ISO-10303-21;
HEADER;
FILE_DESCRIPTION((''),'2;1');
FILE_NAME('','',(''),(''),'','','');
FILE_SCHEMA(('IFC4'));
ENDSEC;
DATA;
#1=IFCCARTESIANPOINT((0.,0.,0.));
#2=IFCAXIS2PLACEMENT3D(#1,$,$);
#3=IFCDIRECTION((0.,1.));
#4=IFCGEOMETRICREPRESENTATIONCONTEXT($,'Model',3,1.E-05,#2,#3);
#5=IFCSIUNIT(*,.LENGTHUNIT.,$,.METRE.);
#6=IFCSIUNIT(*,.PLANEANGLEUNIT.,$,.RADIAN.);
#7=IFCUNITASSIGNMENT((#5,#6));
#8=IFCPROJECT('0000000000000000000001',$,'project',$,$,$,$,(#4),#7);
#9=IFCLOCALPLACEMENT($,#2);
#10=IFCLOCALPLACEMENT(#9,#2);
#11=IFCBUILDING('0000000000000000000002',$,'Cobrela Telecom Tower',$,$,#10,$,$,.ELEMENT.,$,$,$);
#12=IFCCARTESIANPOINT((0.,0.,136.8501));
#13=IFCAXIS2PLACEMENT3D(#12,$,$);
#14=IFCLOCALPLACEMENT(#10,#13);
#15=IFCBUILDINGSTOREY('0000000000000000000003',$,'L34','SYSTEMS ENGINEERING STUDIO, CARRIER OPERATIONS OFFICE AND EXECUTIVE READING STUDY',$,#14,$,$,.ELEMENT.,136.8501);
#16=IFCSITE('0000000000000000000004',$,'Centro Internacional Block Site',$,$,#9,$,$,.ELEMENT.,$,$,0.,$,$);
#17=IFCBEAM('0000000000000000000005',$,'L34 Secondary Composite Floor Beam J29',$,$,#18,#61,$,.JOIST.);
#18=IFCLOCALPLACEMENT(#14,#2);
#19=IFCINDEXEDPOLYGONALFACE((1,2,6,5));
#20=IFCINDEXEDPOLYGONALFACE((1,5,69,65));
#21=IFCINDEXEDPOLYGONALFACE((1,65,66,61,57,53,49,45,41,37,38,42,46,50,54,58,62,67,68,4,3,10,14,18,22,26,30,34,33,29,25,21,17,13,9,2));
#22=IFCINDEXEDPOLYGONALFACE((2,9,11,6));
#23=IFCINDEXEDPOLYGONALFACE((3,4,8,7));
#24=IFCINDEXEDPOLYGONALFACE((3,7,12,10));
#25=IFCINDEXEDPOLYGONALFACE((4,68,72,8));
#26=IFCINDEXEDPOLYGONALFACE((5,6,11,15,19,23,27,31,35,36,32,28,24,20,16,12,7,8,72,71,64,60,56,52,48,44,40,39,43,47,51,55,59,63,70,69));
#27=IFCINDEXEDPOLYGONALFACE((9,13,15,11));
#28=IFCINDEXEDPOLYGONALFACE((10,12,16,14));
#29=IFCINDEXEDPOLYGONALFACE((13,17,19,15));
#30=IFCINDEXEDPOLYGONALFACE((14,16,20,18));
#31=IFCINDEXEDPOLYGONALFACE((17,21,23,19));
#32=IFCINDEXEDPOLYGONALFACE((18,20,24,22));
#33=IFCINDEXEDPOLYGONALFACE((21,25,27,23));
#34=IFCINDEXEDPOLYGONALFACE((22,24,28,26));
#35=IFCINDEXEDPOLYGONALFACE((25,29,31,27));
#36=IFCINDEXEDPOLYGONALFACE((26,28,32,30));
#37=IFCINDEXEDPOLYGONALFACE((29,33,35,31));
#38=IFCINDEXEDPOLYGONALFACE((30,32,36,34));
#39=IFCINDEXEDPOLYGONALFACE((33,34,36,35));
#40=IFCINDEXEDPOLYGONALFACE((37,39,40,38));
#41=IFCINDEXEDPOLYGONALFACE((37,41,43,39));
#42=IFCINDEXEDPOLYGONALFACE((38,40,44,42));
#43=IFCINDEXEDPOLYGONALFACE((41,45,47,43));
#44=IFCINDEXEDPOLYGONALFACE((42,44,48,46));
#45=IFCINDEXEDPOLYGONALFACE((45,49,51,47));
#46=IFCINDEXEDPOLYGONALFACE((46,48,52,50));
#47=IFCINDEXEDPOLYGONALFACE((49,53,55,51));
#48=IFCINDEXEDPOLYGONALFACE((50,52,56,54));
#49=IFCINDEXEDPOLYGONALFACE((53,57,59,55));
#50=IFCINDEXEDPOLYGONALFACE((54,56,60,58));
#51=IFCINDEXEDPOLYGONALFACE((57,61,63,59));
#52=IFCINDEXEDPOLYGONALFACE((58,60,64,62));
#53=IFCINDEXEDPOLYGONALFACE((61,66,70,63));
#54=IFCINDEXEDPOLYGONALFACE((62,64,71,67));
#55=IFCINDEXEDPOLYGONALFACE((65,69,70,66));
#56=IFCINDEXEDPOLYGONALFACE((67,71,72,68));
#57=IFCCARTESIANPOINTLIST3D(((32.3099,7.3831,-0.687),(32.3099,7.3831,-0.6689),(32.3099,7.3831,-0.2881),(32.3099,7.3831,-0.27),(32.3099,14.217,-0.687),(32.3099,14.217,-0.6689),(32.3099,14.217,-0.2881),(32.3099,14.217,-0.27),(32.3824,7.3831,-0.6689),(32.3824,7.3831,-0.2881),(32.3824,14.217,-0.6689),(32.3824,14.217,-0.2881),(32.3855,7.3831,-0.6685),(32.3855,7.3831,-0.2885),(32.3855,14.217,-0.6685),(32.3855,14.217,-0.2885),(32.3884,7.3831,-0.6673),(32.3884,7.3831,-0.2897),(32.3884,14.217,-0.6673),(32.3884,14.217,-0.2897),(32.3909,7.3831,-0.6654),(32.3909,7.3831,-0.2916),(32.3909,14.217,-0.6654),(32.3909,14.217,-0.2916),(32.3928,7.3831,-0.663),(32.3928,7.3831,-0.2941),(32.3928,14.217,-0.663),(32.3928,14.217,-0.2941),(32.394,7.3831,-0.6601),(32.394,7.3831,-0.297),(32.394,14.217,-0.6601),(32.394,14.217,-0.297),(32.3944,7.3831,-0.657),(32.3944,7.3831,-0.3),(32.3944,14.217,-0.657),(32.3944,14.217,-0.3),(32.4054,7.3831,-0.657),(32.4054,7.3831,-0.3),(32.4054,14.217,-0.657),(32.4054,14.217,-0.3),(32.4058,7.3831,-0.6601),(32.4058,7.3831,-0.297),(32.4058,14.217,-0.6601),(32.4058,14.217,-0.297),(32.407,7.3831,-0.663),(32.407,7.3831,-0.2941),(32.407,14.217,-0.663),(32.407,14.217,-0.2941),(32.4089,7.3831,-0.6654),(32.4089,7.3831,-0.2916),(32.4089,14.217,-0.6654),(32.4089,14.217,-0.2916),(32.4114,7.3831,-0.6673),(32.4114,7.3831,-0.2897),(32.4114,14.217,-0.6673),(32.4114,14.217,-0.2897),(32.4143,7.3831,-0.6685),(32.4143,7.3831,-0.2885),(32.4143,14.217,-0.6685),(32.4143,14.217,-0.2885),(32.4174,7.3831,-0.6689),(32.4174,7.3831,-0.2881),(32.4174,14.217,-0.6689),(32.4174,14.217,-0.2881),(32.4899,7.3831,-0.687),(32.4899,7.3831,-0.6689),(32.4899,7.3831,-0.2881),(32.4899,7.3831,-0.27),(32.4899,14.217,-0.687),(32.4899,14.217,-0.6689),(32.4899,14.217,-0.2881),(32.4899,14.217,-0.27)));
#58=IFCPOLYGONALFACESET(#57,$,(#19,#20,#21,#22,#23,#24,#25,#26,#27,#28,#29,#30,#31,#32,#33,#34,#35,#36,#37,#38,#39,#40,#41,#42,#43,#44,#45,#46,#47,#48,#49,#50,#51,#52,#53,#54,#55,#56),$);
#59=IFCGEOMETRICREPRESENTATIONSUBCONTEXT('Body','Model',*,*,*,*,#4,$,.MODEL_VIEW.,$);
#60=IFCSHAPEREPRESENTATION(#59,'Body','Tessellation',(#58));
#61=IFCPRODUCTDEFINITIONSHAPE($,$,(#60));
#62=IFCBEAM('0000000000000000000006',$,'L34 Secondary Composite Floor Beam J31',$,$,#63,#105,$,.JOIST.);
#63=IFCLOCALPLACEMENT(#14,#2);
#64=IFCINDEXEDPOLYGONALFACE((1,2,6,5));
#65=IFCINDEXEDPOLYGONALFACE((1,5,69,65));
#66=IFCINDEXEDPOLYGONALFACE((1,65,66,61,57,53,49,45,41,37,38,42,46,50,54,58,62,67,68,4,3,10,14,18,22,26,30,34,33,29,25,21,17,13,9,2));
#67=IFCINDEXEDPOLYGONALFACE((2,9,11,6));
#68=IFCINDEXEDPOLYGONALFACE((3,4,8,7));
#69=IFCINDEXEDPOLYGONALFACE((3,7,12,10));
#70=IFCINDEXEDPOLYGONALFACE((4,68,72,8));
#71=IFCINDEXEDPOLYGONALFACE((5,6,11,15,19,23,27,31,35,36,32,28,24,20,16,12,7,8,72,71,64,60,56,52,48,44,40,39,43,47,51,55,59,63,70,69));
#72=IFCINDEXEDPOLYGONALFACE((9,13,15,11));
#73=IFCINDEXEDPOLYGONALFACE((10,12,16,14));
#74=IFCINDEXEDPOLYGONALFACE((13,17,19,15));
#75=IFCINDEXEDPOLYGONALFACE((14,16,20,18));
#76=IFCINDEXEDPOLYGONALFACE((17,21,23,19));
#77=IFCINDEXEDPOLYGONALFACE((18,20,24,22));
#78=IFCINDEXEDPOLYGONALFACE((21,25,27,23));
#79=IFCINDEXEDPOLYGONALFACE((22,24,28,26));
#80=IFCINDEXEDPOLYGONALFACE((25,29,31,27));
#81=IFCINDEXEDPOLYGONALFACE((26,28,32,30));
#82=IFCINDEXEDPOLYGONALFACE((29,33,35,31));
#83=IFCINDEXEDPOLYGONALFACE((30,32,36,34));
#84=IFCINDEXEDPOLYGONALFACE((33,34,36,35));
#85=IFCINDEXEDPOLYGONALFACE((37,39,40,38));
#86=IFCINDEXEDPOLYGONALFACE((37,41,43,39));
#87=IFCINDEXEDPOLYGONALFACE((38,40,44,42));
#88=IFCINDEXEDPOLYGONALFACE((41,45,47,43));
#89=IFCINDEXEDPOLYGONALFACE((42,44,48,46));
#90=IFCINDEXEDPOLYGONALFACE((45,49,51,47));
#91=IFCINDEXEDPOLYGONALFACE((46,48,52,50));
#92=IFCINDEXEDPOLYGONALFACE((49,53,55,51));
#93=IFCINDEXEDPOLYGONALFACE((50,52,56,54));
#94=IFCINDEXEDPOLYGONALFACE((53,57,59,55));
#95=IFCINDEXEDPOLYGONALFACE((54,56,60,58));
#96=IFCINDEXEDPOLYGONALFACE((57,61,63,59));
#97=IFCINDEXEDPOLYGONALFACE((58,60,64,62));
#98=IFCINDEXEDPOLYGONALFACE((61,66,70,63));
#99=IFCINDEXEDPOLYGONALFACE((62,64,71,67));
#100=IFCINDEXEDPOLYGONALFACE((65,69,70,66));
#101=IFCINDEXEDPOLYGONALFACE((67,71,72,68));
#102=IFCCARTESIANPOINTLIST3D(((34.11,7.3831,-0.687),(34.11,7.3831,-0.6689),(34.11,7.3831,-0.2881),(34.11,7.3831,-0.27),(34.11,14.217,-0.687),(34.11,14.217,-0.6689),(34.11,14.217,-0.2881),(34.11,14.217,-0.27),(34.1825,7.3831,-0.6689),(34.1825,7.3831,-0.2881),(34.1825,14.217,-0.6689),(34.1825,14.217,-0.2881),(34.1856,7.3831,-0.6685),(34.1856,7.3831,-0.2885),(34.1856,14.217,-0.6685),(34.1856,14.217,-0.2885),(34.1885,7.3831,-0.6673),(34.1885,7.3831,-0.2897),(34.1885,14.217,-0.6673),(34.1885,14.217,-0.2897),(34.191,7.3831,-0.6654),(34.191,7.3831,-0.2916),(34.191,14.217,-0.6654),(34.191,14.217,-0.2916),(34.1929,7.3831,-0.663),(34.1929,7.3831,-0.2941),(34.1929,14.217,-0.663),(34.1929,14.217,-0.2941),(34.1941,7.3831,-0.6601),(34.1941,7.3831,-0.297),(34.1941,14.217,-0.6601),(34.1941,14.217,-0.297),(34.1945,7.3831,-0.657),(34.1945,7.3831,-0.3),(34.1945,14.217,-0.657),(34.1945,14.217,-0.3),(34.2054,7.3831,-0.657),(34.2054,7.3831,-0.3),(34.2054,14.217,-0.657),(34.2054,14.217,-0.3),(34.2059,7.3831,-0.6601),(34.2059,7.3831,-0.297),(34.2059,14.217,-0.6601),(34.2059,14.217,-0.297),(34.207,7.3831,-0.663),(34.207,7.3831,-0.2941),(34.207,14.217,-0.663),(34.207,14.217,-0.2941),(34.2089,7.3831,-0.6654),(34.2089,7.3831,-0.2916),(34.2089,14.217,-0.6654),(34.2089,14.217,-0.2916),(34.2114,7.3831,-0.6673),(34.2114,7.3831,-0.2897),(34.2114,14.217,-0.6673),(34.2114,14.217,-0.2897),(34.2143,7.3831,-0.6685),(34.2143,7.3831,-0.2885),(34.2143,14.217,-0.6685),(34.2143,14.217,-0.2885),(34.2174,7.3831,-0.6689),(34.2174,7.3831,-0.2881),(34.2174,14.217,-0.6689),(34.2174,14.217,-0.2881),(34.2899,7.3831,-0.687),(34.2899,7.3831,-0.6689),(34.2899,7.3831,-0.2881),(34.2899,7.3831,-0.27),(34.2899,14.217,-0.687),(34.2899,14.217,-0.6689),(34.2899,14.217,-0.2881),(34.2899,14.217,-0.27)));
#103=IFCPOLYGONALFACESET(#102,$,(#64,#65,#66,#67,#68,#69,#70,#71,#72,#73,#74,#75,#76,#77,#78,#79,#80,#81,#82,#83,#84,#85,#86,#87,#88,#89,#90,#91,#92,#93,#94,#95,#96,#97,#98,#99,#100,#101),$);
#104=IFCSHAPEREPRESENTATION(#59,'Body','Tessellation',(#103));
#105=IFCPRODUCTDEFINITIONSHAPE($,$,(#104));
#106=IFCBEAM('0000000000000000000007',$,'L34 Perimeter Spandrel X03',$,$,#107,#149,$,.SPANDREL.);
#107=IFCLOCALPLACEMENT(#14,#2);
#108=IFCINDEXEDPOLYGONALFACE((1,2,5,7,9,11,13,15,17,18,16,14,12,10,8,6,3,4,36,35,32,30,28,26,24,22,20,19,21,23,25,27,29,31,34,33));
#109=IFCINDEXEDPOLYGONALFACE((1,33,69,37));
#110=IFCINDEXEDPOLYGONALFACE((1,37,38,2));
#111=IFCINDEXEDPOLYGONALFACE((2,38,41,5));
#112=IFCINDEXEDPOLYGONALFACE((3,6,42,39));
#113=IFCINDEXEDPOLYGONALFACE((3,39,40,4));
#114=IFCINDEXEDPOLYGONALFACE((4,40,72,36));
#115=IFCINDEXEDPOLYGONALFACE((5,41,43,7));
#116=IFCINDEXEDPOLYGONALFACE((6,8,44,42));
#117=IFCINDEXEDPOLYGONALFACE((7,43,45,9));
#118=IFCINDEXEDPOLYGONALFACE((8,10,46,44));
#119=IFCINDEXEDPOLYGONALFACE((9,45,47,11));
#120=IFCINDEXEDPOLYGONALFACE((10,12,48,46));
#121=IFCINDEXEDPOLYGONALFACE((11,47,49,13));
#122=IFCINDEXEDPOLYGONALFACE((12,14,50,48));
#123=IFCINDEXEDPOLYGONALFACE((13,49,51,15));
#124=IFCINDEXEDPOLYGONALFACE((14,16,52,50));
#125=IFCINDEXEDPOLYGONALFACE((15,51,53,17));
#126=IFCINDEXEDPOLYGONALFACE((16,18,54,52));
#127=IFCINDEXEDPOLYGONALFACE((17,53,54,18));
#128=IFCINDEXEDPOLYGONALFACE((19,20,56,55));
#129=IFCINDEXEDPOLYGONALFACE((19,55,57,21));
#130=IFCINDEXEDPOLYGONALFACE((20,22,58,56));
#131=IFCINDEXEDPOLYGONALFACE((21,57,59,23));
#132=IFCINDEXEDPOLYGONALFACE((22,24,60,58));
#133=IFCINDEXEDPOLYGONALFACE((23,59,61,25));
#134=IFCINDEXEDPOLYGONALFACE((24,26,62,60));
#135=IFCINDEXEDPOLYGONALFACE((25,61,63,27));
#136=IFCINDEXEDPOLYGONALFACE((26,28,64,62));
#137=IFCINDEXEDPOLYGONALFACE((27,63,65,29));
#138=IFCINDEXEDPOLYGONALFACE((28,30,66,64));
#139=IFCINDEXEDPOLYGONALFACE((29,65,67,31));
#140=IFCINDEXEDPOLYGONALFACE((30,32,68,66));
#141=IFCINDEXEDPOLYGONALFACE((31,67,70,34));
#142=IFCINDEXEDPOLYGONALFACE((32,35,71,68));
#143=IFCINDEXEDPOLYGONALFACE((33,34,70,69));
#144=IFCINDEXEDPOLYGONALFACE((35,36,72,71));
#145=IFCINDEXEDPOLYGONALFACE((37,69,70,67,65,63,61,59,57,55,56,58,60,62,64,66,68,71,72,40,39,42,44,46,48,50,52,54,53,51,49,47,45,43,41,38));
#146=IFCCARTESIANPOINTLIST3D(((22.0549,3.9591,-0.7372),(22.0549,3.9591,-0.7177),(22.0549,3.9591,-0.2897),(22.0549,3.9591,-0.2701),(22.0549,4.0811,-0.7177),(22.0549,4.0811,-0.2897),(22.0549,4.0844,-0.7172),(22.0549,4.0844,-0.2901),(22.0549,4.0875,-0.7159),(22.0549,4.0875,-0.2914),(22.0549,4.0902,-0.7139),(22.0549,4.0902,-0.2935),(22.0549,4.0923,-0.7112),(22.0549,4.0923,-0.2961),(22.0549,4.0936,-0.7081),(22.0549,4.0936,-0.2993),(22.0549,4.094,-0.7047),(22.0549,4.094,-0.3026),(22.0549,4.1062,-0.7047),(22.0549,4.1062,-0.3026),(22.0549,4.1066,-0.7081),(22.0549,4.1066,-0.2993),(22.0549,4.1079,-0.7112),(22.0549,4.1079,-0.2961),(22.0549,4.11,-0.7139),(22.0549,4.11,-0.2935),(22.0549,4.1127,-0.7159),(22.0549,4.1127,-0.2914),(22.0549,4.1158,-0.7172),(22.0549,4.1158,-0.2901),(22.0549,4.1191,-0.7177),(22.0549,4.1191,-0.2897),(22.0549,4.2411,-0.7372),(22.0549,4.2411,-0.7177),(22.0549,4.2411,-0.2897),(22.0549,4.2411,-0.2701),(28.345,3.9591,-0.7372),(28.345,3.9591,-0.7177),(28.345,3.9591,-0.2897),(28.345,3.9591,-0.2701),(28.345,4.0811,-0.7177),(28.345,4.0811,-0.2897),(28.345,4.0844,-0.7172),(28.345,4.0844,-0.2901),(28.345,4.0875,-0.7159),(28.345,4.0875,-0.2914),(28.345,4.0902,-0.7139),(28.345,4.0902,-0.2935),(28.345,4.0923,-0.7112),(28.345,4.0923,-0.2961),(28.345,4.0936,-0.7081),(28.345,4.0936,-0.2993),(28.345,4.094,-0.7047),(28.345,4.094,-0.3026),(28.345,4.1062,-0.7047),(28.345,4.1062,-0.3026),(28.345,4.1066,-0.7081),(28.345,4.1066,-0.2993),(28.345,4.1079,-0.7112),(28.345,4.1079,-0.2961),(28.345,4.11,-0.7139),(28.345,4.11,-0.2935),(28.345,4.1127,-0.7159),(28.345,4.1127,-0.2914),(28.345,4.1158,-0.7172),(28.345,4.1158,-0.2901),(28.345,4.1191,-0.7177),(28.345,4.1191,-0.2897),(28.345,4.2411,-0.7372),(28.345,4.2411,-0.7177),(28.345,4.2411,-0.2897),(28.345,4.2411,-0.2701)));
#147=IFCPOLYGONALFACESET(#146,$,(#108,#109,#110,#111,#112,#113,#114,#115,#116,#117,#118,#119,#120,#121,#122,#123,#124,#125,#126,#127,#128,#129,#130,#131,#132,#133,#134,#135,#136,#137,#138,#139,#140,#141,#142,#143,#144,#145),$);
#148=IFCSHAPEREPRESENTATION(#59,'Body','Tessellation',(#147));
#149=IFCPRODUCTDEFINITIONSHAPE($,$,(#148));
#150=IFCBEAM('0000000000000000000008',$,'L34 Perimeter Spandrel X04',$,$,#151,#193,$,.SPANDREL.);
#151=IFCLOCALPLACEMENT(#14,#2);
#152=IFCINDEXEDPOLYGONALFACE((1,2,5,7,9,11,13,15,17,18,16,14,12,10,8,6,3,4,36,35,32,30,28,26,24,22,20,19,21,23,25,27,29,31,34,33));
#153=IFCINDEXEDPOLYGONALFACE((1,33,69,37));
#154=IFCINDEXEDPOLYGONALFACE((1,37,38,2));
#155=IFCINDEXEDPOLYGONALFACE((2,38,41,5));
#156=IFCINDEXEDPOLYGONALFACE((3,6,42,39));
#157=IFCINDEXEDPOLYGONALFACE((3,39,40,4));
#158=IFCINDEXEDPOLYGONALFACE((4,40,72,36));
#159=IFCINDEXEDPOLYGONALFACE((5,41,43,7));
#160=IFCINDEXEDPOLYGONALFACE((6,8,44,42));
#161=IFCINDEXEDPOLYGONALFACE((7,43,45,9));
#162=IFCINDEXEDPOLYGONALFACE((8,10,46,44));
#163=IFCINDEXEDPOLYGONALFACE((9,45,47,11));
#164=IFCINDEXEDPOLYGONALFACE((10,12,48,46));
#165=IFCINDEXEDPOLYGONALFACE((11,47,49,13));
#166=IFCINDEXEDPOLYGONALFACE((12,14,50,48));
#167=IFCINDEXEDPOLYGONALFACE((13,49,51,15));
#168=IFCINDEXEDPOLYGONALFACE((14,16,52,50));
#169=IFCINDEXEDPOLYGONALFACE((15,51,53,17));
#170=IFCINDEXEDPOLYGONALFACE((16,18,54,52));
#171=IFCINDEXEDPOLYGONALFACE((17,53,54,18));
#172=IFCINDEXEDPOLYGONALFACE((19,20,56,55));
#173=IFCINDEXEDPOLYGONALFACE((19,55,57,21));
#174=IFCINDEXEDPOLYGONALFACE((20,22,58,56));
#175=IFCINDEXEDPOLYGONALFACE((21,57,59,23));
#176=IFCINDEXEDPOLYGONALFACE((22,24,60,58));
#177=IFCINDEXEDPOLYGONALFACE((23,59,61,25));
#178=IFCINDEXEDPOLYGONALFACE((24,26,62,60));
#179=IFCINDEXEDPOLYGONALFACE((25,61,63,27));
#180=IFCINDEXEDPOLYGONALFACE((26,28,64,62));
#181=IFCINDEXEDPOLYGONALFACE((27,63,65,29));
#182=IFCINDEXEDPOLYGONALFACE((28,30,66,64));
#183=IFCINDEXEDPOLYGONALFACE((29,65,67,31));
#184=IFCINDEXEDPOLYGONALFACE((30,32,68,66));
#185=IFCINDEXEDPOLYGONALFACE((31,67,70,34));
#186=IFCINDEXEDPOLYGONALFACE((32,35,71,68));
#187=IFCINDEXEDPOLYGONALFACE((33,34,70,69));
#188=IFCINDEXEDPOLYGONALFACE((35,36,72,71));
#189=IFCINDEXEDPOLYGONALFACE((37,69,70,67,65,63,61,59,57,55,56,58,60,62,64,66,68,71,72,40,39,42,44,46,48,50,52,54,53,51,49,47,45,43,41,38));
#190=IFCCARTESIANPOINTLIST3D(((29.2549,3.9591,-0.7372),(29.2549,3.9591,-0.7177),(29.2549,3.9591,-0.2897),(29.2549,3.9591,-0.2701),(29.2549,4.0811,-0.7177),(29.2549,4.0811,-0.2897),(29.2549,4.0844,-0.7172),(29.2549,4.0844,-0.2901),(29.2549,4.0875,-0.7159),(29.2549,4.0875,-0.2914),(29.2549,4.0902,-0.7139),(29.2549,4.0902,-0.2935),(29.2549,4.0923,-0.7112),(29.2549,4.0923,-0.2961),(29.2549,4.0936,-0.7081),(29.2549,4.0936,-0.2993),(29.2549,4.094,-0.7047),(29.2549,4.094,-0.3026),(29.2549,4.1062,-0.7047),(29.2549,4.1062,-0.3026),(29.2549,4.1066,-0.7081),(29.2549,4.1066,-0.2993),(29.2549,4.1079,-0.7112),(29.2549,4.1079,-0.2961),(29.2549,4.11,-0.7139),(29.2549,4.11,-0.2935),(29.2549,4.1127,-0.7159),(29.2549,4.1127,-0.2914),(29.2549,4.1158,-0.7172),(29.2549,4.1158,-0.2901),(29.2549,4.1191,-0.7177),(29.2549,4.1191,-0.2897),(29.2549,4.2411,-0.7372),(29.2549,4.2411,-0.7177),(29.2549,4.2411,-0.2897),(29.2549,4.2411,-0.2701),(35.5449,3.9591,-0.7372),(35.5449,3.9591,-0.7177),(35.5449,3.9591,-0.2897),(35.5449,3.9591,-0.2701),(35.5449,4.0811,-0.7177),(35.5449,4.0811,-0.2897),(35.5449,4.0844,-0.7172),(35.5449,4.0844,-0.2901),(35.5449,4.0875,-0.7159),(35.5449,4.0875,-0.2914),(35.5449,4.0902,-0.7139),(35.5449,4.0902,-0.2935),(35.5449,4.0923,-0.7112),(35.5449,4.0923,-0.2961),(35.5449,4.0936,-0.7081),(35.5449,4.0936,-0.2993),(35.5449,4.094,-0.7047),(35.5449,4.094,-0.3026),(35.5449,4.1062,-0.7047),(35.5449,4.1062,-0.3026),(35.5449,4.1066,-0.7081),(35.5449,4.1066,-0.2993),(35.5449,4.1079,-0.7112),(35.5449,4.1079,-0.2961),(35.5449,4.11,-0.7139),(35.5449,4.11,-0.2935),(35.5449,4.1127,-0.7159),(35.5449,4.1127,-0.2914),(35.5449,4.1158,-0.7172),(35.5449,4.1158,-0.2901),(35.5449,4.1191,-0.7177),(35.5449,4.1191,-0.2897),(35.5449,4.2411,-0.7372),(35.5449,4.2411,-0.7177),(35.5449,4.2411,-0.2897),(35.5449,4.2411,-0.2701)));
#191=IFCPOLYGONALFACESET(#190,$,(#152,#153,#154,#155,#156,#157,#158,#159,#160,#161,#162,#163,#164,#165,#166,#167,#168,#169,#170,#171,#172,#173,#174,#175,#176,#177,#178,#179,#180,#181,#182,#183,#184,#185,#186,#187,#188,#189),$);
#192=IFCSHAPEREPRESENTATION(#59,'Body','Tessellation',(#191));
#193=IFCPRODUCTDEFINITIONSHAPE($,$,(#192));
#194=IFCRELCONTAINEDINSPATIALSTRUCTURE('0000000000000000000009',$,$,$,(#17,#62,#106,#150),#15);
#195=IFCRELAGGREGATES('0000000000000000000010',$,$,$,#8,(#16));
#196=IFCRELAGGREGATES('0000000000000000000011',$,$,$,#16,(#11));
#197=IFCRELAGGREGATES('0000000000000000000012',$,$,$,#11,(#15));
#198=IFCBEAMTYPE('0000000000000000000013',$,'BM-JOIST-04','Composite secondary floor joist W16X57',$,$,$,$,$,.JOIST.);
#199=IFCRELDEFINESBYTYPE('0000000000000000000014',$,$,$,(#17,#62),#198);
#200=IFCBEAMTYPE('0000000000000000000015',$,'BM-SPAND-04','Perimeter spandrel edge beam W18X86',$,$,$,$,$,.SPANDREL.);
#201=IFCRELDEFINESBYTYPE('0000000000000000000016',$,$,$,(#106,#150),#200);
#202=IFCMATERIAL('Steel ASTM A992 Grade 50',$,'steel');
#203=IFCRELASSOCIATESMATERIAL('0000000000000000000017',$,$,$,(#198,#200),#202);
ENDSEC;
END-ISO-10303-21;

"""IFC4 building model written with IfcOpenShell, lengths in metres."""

from ifc_helpers import new_model, si_unit, direction, frame, origin, origin_2d, place, context, subcontext, project, spatial, i_section, extrude, material, material_profile, profile_set, type_object, element, save


model = new_model("IFC4")

# Units and contexts
model_context = context("Model", 3, precision=1e-05, world=origin(), true_north=direction((0.0, 1.0)))
body_context = subcontext(model_context, "Body", "Model", "MODEL_VIEW")
ifc_project = project(units=[si_unit("LENGTHUNIT", "METRE"), si_unit("PLANEANGLEUNIT", "RADIAN")], contexts=[model_context])

# Site, building, storey
site_placement = place(None, origin())
site = spatial("IfcSite", under=ifc_project, at=site_placement, Name="Centro Internacional Block Site", CompositionType="ELEMENT", RefElevation=0.0)
building_placement = place(site_placement, origin())
building = spatial("IfcBuilding", under=site, at=building_placement, Name="Cobrela Telecom Tower", CompositionType="ELEMENT")
storey_placement = place(building_placement, frame((0.0, 0.0, 136.8501)))
storey = spatial("IfcBuildingStorey", under=building, at=storey_placement, Name="L34", Description="SYSTEMS ENGINEERING STUDIO, CARRIER OPERATIONS OFFICE AND EXECUTIVE READING STUDY", CompositionType="ELEMENT", Elevation=136.8501)

# Shared definitions
ifc_material_1 = material(Name="Steel ASTM A992 Grade 50", Category="steel")

# Beams
ifc_material_profile_1 = material_profile(ifc_material_1, i_section(OverallWidth=0.1799, OverallDepth=0.417, WebThickness=0.011, FlangeThickness=0.0181, FilletRadius=0.012, at=origin_2d()), Name="W16X57")
ifc_profile_set_1 = profile_set([ifc_material_profile_1], Name="Steel ASTM A992 Grade 50")
beam_type_1 = type_object("IfcBeamType", Name="BM-JOIST-04", Description="Composite secondary floor joist W16X57", PredefinedType="JOIST", material=ifc_profile_set_1)
for number, where, z_axis, x_axis, name in (
    (1, (32.3999, 7.3831, -0.4785), (0.0, 1.0, 0.0), (-1.0, 0.0, 0.0), "L34 Secondary Composite Floor Beam J29"),
    (2, (34.2, 7.3831, -0.4785), (0.0, 1.0, 0.0), (-1.0, 0.0, 0.0), "L34 Secondary Composite Floor Beam J31"),
):
    element("IfcBeam", number, at=place(storey_placement, frame(where, z_axis=z_axis, x_axis=x_axis)), inside=storey, type_object=beam_type_1, Name=name, PredefinedType="JOIST", context=body_context, shape_type="SweptSolid", body=[
        extrude(i_section(OverallWidth=0.1799, OverallDepth=0.417, WebThickness=0.011, FlangeThickness=0.0181, FilletRadius=0.012, at=origin_2d()), origin(), (0.0, 0.0, 1.0), 6.834),
    ])
ifc_material_profile_2 = material_profile(ifc_material_1, i_section(OverallWidth=0.282, OverallDepth=0.467, WebThickness=0.0122, FlangeThickness=0.0195, FilletRadius=0.0129, at=origin_2d()), Name="W18X86")
ifc_profile_set_2 = profile_set([ifc_material_profile_2], Name="Steel ASTM A992 Grade 50")
beam_type_2 = type_object("IfcBeamType", Name="BM-SPAND-04", Description="Perimeter spandrel edge beam W18X86", PredefinedType="SPANDREL", material=ifc_profile_set_2)
for number, where, z_axis, x_axis, name in (
    (3, (22.0549, 4.1001, -0.5037), (1.0, 0.0, 0.0), (0.0, 1.0, 0.0), "L34 Perimeter Spandrel X03"),
    (4, (29.2549, 4.1001, -0.5037), (1.0, 0.0, 0.0), (0.0, 1.0, 0.0), "L34 Perimeter Spandrel X04"),
):
    element("IfcBeam", number, at=place(storey_placement, frame(where, z_axis=z_axis, x_axis=x_axis)), inside=storey, type_object=beam_type_2, Name=name, PredefinedType="SPANDREL", context=body_context, shape_type="SweptSolid", body=[
        extrude(i_section(OverallWidth=0.282, OverallDepth=0.467, WebThickness=0.0122, FlangeThickness=0.0195, FilletRadius=0.0129, at=origin_2d()), origin(), (0.0, 0.0, 1.0), 6.29),
    ])

save(model, "model.ifc")
